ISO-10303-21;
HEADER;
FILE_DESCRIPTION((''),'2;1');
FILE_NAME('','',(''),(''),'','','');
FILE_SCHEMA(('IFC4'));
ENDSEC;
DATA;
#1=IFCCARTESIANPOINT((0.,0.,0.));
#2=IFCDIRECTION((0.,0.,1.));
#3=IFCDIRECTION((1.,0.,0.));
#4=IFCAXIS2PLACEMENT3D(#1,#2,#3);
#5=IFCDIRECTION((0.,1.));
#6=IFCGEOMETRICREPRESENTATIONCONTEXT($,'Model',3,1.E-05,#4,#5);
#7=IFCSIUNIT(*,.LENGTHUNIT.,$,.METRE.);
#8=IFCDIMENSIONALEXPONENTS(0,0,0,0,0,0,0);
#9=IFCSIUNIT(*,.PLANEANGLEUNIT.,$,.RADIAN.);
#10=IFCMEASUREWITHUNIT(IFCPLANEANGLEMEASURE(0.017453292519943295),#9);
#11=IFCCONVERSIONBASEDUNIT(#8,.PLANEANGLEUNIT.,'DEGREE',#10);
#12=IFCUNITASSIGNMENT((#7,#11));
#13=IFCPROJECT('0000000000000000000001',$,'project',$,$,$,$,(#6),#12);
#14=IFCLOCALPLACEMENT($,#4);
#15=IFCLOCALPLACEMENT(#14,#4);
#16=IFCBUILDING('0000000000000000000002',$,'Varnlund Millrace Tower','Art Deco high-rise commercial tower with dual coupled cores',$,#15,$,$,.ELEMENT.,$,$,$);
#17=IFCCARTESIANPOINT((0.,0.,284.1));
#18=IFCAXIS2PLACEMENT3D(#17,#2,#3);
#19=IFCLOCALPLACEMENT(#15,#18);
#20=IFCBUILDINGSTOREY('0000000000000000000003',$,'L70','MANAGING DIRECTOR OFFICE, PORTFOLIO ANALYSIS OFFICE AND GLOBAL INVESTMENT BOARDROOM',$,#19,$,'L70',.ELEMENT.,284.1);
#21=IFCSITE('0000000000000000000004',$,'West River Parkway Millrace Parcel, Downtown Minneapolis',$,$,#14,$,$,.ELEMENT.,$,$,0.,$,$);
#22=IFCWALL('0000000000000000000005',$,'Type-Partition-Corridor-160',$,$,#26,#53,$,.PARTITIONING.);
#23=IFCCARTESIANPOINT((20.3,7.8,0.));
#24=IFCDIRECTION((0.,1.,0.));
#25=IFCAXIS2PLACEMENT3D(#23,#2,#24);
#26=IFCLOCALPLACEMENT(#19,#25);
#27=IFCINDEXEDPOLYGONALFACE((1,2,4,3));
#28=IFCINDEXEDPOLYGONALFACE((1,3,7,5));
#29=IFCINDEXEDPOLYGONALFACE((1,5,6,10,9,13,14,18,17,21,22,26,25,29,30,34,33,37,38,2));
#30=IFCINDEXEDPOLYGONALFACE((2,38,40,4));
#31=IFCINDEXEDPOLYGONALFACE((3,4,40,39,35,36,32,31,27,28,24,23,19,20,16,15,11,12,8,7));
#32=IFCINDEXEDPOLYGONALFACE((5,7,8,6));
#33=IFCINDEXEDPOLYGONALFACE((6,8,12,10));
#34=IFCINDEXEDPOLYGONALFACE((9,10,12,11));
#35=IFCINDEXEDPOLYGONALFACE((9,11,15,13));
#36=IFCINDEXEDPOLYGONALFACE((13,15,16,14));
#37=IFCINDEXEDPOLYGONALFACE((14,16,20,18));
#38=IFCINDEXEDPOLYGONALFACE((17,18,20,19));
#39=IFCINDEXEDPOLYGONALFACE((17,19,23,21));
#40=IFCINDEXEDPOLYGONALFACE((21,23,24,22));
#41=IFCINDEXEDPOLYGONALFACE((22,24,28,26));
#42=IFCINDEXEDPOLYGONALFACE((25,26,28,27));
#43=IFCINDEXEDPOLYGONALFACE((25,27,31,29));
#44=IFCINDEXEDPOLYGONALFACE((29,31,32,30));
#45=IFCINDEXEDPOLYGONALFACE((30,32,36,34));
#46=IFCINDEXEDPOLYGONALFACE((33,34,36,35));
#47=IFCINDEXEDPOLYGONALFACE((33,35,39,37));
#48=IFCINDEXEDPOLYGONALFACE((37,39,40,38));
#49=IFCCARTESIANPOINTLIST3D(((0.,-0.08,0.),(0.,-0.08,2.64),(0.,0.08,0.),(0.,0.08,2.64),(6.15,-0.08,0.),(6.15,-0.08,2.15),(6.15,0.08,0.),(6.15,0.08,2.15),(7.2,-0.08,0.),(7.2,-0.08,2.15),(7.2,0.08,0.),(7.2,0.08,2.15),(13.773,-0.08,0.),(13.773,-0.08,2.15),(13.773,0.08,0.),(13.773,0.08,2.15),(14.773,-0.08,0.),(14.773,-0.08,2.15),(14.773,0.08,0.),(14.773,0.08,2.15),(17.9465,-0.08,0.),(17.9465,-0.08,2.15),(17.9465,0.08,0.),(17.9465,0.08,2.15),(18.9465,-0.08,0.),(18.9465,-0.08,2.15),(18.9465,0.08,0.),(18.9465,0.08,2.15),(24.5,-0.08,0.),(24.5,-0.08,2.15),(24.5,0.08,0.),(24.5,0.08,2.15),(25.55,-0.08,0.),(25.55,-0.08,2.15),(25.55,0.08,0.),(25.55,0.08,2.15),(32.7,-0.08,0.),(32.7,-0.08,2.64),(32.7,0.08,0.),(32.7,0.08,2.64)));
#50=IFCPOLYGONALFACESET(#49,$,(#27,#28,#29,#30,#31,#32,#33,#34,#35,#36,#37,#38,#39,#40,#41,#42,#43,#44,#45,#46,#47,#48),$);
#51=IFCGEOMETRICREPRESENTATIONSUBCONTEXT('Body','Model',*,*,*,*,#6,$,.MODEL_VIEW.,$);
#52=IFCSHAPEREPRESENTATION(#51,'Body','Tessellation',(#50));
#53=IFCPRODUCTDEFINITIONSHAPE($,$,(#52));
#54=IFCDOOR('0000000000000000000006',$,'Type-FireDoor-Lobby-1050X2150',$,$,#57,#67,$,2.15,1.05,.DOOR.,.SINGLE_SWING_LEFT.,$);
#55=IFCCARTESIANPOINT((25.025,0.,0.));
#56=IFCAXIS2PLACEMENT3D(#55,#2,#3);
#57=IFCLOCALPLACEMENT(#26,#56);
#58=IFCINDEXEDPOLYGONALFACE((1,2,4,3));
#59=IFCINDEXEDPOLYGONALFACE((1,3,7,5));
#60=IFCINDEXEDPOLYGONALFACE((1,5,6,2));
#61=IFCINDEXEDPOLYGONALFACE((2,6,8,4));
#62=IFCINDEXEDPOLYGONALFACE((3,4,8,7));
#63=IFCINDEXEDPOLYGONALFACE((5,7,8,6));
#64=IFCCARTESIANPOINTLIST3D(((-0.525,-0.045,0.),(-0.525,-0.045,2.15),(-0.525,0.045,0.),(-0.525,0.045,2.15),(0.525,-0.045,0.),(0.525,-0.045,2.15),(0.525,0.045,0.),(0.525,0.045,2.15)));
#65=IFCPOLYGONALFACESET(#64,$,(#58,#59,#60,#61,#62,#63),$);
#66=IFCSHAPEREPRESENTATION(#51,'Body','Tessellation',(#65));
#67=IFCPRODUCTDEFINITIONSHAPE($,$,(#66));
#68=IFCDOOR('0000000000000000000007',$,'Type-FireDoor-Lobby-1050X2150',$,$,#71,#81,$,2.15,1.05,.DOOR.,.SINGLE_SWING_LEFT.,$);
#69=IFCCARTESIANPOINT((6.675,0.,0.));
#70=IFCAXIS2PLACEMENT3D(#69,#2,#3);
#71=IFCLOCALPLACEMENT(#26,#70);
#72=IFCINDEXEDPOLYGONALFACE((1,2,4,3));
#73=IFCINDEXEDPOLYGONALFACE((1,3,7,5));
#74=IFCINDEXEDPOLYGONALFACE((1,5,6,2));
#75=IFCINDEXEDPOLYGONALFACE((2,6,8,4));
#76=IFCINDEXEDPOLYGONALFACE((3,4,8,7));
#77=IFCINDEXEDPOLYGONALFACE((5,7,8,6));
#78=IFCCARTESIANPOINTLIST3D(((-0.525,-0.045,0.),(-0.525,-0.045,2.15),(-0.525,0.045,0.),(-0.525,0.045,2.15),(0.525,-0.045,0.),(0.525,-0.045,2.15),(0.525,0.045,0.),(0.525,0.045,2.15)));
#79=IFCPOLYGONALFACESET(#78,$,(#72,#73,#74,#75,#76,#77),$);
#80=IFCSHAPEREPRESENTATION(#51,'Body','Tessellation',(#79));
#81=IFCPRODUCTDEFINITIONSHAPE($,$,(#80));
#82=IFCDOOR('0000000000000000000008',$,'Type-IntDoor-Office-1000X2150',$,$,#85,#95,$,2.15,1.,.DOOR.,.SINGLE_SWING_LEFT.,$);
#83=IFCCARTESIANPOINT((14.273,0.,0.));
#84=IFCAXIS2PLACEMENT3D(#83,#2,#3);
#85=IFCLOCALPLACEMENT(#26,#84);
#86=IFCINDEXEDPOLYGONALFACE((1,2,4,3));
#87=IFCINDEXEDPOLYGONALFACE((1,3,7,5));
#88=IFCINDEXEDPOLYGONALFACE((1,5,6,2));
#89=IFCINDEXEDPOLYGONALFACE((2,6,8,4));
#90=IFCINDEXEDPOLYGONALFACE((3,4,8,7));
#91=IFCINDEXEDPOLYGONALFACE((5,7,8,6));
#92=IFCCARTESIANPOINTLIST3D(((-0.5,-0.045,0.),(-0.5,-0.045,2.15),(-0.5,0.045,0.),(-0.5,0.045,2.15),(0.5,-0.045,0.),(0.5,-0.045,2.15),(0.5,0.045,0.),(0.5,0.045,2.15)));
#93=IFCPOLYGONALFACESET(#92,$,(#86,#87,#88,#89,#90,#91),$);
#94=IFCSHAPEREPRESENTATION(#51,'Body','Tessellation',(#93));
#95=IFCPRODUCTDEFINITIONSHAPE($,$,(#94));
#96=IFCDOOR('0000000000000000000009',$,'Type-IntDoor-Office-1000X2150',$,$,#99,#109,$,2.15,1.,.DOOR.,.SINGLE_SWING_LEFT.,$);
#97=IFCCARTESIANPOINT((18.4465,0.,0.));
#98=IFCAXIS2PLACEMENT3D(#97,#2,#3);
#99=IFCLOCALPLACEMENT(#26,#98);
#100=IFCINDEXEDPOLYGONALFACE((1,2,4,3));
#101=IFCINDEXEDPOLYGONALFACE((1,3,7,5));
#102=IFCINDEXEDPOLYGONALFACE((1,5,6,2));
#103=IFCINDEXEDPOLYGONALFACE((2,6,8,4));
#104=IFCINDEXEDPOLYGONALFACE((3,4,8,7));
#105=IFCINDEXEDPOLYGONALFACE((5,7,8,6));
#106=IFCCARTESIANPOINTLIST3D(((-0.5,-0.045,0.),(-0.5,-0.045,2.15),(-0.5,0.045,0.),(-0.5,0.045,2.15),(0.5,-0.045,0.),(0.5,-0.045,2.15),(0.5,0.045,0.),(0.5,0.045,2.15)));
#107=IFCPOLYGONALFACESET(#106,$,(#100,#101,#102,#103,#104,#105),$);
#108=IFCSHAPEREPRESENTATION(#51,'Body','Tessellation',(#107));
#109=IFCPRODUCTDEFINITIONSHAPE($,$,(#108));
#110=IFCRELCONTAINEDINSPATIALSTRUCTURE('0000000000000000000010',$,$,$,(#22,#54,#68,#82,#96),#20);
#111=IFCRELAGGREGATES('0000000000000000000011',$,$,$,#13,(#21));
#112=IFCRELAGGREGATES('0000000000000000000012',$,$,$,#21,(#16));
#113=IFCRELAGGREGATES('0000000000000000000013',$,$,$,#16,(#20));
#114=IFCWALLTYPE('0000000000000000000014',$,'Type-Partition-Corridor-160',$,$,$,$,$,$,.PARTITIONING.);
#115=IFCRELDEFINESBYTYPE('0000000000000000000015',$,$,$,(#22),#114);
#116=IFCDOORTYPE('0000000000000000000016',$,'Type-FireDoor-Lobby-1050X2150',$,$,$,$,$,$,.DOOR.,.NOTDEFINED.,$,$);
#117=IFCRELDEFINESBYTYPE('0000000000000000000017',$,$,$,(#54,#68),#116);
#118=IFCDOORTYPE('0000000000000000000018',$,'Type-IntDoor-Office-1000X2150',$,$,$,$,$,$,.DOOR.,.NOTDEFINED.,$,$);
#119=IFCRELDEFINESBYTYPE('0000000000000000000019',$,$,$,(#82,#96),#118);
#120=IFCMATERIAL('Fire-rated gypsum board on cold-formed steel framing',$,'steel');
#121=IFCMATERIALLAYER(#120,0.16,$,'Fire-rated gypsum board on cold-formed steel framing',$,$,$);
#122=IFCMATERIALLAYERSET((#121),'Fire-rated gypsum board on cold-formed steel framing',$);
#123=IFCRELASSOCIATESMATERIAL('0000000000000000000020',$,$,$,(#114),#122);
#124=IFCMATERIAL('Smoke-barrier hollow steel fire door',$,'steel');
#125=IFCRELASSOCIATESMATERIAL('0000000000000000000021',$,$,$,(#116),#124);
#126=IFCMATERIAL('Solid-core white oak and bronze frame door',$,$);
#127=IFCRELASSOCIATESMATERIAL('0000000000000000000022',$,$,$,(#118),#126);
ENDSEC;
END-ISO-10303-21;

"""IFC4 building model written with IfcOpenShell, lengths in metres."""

from ifc_helpers import new_model, entity, si_unit, converted_unit, direction, frame, origin_with_axes, origin_2d_with_axis, place, context, subcontext, project, spatial, polyline, rectangle, outline, extrude, material, layer, layer_set, type_object, element, fill, save


model = new_model("IFC4")

# Units and contexts
model_context = context("Model", 3, precision=1e-05, world=origin_with_axes(), true_north=direction((0.0, 1.0)))
body_context = subcontext(model_context, "Body", "Model", "MODEL_VIEW")
ifc_project = project(units=[si_unit("LENGTHUNIT", "METRE"), converted_unit("PLANEANGLEUNIT", "DEGREE", entity("IfcPlaneAngleMeasure", 0.017453292519943295), si_unit("PLANEANGLEUNIT", "RADIAN"), dimensions=[0, 0, 0, 0, 0, 0, 0])], contexts=[model_context])

# Site, building, storey
site_placement = place(None, origin_with_axes())
site = spatial("IfcSite", under=ifc_project, at=site_placement, Name="West River Parkway Millrace Parcel, Downtown Minneapolis", CompositionType="ELEMENT", RefElevation=0.0)
building_placement = place(site_placement, origin_with_axes())
building = spatial("IfcBuilding", under=site, at=building_placement, Name="Varnlund Millrace Tower", Description="Art Deco high-rise commercial tower with dual coupled cores", CompositionType="ELEMENT")
storey_placement = place(building_placement, frame((0.0, 0.0, 284.1), z_axis=(0.0, 0.0, 1.0), x_axis=(1.0, 0.0, 0.0)))
storey = spatial("IfcBuildingStorey", under=building, at=storey_placement, Name="L70", Description="MANAGING DIRECTOR OFFICE, PORTFOLIO ANALYSIS OFFICE AND GLOBAL INVESTMENT BOARDROOM", LongName="L70", CompositionType="ELEMENT", Elevation=284.1)

# Wall, openings, doors
ifc_material_1 = material(Name="Fire-rated gypsum board on cold-formed steel framing", Category="steel")
ifc_layer = layer(ifc_material_1, 0.16, Name="Fire-rated gypsum board on cold-formed steel framing")
ifc_layer_set = layer_set([ifc_layer], Name="Fire-rated gypsum board on cold-formed steel framing")
wall_type = type_object("IfcWallType", Name="Type-Partition-Corridor-160", PredefinedType="PARTITIONING", material=ifc_layer_set)
wall_1_placement = place(storey_placement, frame((20.3, 7.8, 0.0), z_axis=(0.0, 0.0, 1.0), x_axis=(0.0, 1.0, 0.0)))
wall_1 = element("IfcWall", 1, at=wall_1_placement, inside=storey, type_object=wall_type, Name="Type-Partition-Corridor-160", PredefinedType="PARTITIONING", context=body_context, shape_type="SweptSolid", body=[
    extrude(outline(polyline([(0.0, -0.08), (32.7, -0.08), (32.7, 0.08), (0.0, 0.08), (0.0, -0.08)])), origin_with_axes(), (0.0, 0.0, 1.0), 2.64),
])
opening_1_placement = place(wall_1_placement, frame((25.025, 0.0, 0.0), z_axis=(0.0, 0.0, 1.0), x_axis=(1.0, 0.0, 0.0)))
opening_1 = element("IfcOpeningElement", 2, at=opening_1_placement, cuts=wall_1, PredefinedType="OPENING", context=body_context, shape_type="SweptSolid", body=[
    extrude(rectangle(XDim=1.05, YDim=0.18, at=origin_2d_with_axis()), origin_with_axes(), (0.0, 0.0, 1.0), 2.15),
])
opening_2_placement = place(wall_1_placement, frame((14.273, 0.0, 0.0), z_axis=(0.0, 0.0, 1.0), x_axis=(1.0, 0.0, 0.0)))
opening_2 = element("IfcOpeningElement", 3, at=opening_2_placement, cuts=wall_1, PredefinedType="OPENING", context=body_context, shape_type="SweptSolid", body=[
    extrude(rectangle(XDim=1.0, YDim=0.18, at=origin_2d_with_axis()), origin_with_axes(), (0.0, 0.0, 1.0), 2.15),
])
opening_3_placement = place(wall_1_placement, frame((18.4465, 0.0, 0.0), z_axis=(0.0, 0.0, 1.0), x_axis=(1.0, 0.0, 0.0)))
opening_3 = element("IfcOpeningElement", 4, at=opening_3_placement, cuts=wall_1, PredefinedType="OPENING", context=body_context, shape_type="SweptSolid", body=[
    extrude(rectangle(XDim=1.0, YDim=0.18, at=origin_2d_with_axis()), origin_with_axes(), (0.0, 0.0, 1.0), 2.15),
])
opening_4_placement = place(wall_1_placement, frame((6.675, 0.0, 0.0), z_axis=(0.0, 0.0, 1.0), x_axis=(1.0, 0.0, 0.0)))
opening_4 = element("IfcOpeningElement", 5, at=opening_4_placement, cuts=wall_1, PredefinedType="OPENING", context=body_context, shape_type="SweptSolid", body=[
    extrude(rectangle(XDim=1.05, YDim=0.18, at=origin_2d_with_axis()), origin_with_axes(), (0.0, 0.0, 1.0), 2.15),
])
ifc_material_2 = material(Name="Smoke-barrier hollow steel fire door", Category="steel")
door_type_1 = type_object("IfcDoorType", Name="Type-FireDoor-Lobby-1050X2150", OperationType="NOTDEFINED", PredefinedType="DOOR", material=ifc_material_2)
door_1_placement = place(wall_1_placement, frame((25.025, 0.0, 0.0), z_axis=(0.0, 0.0, 1.0), x_axis=(1.0, 0.0, 0.0)))
door_1 = element("IfcDoor", 6, at=door_1_placement, inside=storey, type_object=door_type_1, Name="Type-FireDoor-Lobby-1050X2150", OperationType="SINGLE_SWING_LEFT", OverallHeight=2.15, OverallWidth=1.05, PredefinedType="DOOR", context=body_context, shape_type="SweptSolid", body=[
    extrude(rectangle(XDim=1.05, YDim=0.09, at=origin_2d_with_axis()), origin_with_axes(), (0.0, 0.0, 1.0), 2.15),
])
fill(opening_1, door_1)
door_2_placement = place(wall_1_placement, frame((6.675, 0.0, 0.0), z_axis=(0.0, 0.0, 1.0), x_axis=(1.0, 0.0, 0.0)))
door_2 = element("IfcDoor", 7, at=door_2_placement, inside=storey, type_object=door_type_1, Name="Type-FireDoor-Lobby-1050X2150", OperationType="SINGLE_SWING_LEFT", OverallHeight=2.15, OverallWidth=1.05, PredefinedType="DOOR", context=body_context, shape_type="SweptSolid", body=[
    extrude(rectangle(XDim=1.05, YDim=0.09, at=origin_2d_with_axis()), origin_with_axes(), (0.0, 0.0, 1.0), 2.15),
])
fill(opening_4, door_2)
ifc_material_3 = material(Name="Solid-core white oak and bronze frame door")
door_type_2 = type_object("IfcDoorType", Name="Type-IntDoor-Office-1000X2150", OperationType="NOTDEFINED", PredefinedType="DOOR", material=ifc_material_3)
door_3_placement = place(wall_1_placement, frame((14.273, 0.0, 0.0), z_axis=(0.0, 0.0, 1.0), x_axis=(1.0, 0.0, 0.0)))
door_3 = element("IfcDoor", 8, at=door_3_placement, inside=storey, type_object=door_type_2, Name="Type-IntDoor-Office-1000X2150", OperationType="SINGLE_SWING_LEFT", OverallHeight=2.15, OverallWidth=1.0, PredefinedType="DOOR", context=body_context, shape_type="SweptSolid", body=[
    extrude(rectangle(XDim=1.0, YDim=0.09, at=origin_2d_with_axis()), origin_with_axes(), (0.0, 0.0, 1.0), 2.15),
])
fill(opening_2, door_3)
door_4_placement = place(wall_1_placement, frame((18.4465, 0.0, 0.0), z_axis=(0.0, 0.0, 1.0), x_axis=(1.0, 0.0, 0.0)))
door_4 = element("IfcDoor", 9, at=door_4_placement, inside=storey, type_object=door_type_2, Name="Type-IntDoor-Office-1000X2150", OperationType="SINGLE_SWING_LEFT", OverallHeight=2.15, OverallWidth=1.0, PredefinedType="DOOR", context=body_context, shape_type="SweptSolid", body=[
    extrude(rectangle(XDim=1.0, YDim=0.09, at=origin_2d_with_axis()), origin_with_axes(), (0.0, 0.0, 1.0), 2.15),
])
fill(opening_3, door_4)

save(model, "model.ifc")
